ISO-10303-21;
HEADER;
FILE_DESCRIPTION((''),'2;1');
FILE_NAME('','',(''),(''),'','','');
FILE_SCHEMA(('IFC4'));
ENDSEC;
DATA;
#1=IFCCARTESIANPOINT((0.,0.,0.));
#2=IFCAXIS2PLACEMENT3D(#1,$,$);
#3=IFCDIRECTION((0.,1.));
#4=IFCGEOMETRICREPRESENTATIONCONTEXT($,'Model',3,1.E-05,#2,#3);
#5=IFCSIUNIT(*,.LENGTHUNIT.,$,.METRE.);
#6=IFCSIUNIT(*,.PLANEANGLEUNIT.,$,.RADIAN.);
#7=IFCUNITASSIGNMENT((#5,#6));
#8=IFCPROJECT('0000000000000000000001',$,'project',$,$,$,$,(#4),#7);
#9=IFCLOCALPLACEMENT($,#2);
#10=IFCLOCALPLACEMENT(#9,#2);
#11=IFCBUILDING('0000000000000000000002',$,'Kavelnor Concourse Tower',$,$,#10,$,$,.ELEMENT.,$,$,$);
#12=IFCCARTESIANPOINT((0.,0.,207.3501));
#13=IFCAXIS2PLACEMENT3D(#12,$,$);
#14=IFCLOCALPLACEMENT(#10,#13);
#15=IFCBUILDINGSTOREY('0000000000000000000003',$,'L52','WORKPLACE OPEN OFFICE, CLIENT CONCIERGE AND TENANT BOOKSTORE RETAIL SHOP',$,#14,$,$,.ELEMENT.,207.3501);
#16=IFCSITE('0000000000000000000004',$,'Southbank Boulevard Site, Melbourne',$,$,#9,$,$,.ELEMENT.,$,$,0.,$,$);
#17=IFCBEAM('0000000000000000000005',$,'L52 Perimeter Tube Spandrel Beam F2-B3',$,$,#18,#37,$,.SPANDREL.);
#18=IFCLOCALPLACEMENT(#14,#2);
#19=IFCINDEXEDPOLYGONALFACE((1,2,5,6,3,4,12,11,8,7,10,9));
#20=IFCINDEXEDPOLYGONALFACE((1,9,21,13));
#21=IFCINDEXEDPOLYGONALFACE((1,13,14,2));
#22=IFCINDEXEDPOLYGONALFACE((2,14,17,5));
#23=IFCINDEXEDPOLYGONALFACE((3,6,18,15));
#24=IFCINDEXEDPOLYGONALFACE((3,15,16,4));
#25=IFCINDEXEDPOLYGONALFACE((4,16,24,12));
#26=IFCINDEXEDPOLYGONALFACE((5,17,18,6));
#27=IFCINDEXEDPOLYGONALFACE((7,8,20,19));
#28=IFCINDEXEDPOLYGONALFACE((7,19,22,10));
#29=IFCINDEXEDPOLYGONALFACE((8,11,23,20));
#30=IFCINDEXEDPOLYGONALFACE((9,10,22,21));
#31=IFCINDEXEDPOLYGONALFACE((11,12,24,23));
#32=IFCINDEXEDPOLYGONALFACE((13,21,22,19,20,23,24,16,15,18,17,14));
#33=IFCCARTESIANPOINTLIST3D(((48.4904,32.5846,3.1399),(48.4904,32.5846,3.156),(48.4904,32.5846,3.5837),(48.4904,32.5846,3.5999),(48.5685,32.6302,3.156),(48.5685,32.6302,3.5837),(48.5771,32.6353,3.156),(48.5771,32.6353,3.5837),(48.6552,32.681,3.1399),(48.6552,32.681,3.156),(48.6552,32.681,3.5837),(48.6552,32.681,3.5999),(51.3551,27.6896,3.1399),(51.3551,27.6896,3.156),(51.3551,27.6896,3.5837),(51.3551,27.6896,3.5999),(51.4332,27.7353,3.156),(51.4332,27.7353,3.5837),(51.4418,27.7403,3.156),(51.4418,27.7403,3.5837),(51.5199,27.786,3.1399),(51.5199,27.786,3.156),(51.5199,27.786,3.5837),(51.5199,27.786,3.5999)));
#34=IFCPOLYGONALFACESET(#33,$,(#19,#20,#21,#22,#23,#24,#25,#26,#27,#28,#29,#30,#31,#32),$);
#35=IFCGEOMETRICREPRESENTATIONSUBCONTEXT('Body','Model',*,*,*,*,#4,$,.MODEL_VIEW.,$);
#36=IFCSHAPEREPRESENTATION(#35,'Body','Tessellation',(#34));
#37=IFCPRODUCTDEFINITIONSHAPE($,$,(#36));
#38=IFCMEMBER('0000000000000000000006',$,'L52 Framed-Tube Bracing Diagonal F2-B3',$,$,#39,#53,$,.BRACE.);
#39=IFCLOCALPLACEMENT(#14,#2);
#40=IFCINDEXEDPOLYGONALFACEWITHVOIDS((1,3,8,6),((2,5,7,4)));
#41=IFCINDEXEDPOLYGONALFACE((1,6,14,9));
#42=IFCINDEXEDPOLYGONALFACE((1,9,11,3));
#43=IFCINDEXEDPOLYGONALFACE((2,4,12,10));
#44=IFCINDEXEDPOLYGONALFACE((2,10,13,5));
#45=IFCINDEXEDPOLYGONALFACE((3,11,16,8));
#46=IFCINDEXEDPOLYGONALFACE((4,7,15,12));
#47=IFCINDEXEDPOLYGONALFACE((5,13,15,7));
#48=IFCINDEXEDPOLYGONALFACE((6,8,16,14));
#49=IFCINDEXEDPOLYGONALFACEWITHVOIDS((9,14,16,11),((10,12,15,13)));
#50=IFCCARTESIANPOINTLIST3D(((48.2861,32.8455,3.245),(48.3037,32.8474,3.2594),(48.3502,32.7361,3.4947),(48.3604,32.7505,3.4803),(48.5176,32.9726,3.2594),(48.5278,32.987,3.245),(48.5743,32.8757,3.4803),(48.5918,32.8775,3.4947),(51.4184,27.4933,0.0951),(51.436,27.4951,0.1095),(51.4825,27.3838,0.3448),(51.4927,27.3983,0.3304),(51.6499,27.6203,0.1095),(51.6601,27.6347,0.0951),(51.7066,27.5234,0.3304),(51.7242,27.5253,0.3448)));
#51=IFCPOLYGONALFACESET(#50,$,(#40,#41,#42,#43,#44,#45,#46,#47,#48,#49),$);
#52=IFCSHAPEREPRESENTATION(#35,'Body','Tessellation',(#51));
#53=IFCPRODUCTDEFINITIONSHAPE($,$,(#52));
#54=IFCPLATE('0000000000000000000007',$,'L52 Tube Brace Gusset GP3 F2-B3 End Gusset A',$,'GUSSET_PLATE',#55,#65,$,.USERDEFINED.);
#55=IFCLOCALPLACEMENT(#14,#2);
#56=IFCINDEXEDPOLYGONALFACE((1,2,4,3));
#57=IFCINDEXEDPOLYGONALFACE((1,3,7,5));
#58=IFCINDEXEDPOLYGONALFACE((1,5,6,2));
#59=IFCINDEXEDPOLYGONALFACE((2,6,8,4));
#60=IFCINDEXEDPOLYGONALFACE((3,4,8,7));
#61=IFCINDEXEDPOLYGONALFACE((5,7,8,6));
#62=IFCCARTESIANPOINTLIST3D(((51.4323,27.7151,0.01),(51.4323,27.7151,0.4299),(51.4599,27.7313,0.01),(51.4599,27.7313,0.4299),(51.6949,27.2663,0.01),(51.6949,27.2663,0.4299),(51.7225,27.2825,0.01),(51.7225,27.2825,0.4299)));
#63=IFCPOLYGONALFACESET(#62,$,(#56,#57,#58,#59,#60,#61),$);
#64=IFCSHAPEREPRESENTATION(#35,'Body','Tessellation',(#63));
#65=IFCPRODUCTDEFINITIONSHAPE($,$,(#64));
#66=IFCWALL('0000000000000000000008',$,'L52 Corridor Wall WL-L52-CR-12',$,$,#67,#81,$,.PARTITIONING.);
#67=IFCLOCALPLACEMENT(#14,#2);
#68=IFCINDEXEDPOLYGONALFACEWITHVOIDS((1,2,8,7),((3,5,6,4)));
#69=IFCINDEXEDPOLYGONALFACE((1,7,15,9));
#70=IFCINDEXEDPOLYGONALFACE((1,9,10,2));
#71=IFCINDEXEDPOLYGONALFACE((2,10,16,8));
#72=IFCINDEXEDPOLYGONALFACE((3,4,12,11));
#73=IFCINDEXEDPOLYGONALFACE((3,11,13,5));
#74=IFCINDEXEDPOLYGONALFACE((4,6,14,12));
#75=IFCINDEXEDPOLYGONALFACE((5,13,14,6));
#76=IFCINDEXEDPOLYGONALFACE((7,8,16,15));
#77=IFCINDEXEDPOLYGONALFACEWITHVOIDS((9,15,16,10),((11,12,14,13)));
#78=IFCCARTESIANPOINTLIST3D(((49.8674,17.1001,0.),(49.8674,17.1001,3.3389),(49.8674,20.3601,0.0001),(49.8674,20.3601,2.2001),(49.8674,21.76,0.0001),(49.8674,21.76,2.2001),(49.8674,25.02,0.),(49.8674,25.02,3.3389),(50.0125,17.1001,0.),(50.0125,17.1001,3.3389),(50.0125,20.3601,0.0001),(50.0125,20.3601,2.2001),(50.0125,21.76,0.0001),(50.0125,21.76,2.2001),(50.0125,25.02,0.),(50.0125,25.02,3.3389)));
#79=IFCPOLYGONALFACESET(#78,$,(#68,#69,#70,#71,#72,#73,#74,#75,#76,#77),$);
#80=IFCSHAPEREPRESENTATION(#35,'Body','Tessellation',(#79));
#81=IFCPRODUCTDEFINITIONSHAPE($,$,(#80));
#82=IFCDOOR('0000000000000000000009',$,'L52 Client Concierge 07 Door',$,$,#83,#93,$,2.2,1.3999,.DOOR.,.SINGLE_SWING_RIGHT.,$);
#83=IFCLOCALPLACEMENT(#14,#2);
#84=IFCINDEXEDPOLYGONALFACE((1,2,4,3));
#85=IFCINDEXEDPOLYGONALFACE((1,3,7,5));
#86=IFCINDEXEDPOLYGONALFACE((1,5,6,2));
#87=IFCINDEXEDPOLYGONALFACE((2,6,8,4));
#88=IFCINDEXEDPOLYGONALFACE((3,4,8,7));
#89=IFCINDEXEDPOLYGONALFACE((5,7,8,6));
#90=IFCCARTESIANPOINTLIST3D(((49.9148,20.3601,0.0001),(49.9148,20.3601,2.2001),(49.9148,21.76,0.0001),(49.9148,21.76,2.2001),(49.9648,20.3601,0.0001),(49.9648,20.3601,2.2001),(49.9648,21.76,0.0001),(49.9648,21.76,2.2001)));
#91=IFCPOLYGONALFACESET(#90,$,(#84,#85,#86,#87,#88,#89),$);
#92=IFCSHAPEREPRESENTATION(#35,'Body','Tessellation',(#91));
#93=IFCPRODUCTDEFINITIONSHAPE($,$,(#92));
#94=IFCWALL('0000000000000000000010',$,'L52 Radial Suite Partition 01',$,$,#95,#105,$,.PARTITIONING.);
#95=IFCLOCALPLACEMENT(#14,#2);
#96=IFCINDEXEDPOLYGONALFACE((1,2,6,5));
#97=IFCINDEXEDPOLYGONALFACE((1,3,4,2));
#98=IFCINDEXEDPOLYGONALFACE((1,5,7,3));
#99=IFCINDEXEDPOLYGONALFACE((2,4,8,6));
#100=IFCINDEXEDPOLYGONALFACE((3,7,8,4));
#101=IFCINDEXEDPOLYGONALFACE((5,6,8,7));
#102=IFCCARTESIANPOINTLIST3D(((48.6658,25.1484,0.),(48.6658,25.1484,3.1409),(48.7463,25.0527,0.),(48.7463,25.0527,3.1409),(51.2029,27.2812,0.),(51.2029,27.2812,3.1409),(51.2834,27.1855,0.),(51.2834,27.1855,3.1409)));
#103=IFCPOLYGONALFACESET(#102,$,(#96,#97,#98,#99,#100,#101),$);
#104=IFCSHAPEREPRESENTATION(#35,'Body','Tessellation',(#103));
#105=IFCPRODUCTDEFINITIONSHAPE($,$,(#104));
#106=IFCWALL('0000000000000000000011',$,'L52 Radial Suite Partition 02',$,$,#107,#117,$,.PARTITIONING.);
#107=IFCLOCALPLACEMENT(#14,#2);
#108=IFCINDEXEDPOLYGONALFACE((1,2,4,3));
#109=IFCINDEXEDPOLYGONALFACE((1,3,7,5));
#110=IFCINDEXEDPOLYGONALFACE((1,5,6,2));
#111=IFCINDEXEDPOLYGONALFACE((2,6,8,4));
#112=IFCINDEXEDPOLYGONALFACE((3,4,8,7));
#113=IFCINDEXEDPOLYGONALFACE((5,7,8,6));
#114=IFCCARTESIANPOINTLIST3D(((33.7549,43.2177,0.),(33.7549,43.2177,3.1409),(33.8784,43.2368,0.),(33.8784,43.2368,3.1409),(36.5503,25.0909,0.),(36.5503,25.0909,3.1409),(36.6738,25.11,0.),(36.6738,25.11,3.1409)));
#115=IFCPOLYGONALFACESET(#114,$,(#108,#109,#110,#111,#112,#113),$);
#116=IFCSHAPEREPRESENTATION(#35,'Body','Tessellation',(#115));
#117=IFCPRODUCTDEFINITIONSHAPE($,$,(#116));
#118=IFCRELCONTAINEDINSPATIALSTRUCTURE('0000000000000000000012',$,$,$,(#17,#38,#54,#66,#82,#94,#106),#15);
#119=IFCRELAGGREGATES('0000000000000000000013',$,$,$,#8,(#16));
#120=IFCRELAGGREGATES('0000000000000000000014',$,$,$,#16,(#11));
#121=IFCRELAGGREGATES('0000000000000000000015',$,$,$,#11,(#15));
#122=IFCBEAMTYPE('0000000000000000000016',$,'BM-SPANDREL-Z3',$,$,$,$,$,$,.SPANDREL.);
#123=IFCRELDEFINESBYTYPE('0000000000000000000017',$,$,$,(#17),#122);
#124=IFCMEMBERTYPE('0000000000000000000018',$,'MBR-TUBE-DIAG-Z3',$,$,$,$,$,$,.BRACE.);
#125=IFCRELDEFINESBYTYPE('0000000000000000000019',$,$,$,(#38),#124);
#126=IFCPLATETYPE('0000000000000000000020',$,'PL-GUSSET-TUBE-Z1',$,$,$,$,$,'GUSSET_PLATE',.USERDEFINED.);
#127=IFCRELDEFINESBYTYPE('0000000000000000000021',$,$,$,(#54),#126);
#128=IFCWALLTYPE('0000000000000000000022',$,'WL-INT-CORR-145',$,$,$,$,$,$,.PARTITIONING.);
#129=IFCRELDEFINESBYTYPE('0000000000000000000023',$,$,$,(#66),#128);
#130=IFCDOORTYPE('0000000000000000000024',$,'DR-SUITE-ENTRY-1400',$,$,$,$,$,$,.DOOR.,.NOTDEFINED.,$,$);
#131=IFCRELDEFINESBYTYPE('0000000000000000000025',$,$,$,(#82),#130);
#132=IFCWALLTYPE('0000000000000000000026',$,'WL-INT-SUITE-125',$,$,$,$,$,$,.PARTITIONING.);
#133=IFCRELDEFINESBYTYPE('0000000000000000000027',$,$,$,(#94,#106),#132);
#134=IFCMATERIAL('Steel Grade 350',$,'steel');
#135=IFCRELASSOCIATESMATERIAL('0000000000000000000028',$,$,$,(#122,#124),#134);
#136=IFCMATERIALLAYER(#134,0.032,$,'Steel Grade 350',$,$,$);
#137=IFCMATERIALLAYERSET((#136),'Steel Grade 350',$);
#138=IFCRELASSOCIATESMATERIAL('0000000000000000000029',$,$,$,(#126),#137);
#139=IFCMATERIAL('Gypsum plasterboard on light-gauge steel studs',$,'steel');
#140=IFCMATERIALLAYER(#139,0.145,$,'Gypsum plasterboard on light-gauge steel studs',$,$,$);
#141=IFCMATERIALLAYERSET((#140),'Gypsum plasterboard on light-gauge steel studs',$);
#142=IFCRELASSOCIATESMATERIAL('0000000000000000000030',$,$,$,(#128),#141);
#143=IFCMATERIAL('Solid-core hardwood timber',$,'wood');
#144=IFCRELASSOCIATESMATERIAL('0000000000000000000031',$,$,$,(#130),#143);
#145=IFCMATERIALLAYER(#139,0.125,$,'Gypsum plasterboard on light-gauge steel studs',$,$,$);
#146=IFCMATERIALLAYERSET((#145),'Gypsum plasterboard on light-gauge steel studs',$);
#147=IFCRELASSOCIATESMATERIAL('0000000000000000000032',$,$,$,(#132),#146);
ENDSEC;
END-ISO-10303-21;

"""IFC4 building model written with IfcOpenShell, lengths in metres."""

from ifc_helpers import new_model, si_unit, direction, frame, frame_2d, origin, origin_2d, place, context, subcontext, project, spatial, rectangle, hollow_rectangle, i_section, extrude, material, layer, layer_set, material_profile, profile_set, type_object, element, fill, save


model = new_model("IFC4")

# Units and contexts
model_context = context("Model", 3, precision=1e-05, world=origin(), true_north=direction((0.0, 1.0)))
body_context = subcontext(model_context, "Body", "Model", "MODEL_VIEW")
ifc_project = project(units=[si_unit("LENGTHUNIT", "METRE"), si_unit("PLANEANGLEUNIT", "RADIAN")], contexts=[model_context])

# Site, building, storey
site_placement = place(None, origin())
site = spatial("IfcSite", under=ifc_project, at=site_placement, Name="Southbank Boulevard Site, Melbourne", CompositionType="ELEMENT", RefElevation=0.0)
building_placement = place(site_placement, origin())
building = spatial("IfcBuilding", under=site, at=building_placement, Name="Kavelnor Concourse Tower", CompositionType="ELEMENT")
storey_placement = place(building_placement, frame((0.0, 0.0, 207.3501)))
storey = spatial("IfcBuildingStorey", under=building, at=storey_placement, Name="L52", Description="WORKPLACE OPEN OFFICE, CLIENT CONCIERGE AND TENANT BOOKSTORE RETAIL SHOP", CompositionType="ELEMENT", Elevation=207.3501)

# Shared definitions
ifc_material_1 = material(Name="Steel Grade 350", Category="steel")

# Beam
ifc_material_profile_1 = material_profile(ifc_material_1, i_section(OverallWidth=0.1909, OverallDepth=0.46, WebThickness=0.01, FlangeThickness=0.0161, at=origin_2d()), Name="460UB82")
ifc_profile_set_1 = profile_set([ifc_material_profile_1], Name="Steel Grade 350")
beam_type_1 = type_object("IfcBeamType", Name="BM-SPANDREL-Z3", PredefinedType="SPANDREL", material=ifc_profile_set_1)
beam_1_placement = place(storey_placement, frame((51.4375, 27.7378, 3.3699), z_axis=(-0.505096, 0.863063, 0.0), x_axis=(-0.863063, -0.505096, 0.0)))
element("IfcBeam", 1, at=beam_1_placement, inside=storey, type_object=beam_type_1, Name="L52 Perimeter Tube Spandrel Beam F2-B3", PredefinedType="SPANDREL", context=body_context, shape_type="SweptSolid", body=[
    extrude(i_section(OverallWidth=0.1909, OverallDepth=0.46, WebThickness=0.01, FlangeThickness=0.0161, at=origin_2d()), origin(), (0.0, 0.0, 1.0), 5.6716),
])

# Member
ifc_material_profile_2 = material_profile(ifc_material_1, hollow_rectangle(XDim=0.28, YDim=0.28, WallThickness=0.0161, at=origin_2d()), Name="SHS 280x280x16")
ifc_profile_set_2 = profile_set([ifc_material_profile_2], Name="Steel Grade 350")
member_type = type_object("IfcMemberType", Name="MBR-TUBE-DIAG-Z3", PredefinedType="BRACE", material=ifc_profile_set_2)
member_placement = place(storey_placement, frame((51.5713, 27.5093, 0.22), z_axis=(-0.450331, 0.769494, 0.452858), x_axis=(-0.863066, -0.505092, 0.0)))
element("IfcMember", 2, at=member_placement, inside=storey, type_object=member_type, Name="L52 Framed-Tube Bracing Diagonal F2-B3", PredefinedType="BRACE", context=body_context, shape_type="SweptSolid", body=[
    extrude(hollow_rectangle(XDim=0.28, YDim=0.28, WallThickness=0.0161, at=origin_2d()), origin(), (0.0, 0.0, 1.0), 6.9556),
])

# Plate
ifc_layer_1 = layer(ifc_material_1, 0.032, Name="Steel Grade 350")
ifc_layer_set_1 = layer_set([ifc_layer_1], Name="Steel Grade 350")
plate_type = type_object("IfcPlateType", Name="PL-GUSSET-TUBE-Z1", ElementType="GUSSET_PLATE", PredefinedType="USERDEFINED", material=ifc_layer_set_1)
plate_placement = place(storey_placement, frame((51.5774, 27.4988, 0.01), z_axis=(0.0, 0.0, 1.0), x_axis=(-0.50513, 0.863043, 0.0)))
element("IfcPlate", 3, at=plate_placement, inside=storey, type_object=plate_type, Name="L52 Tube Brace Gusset GP3 F2-B3 End Gusset A", ObjectType="GUSSET_PLATE", PredefinedType="USERDEFINED", context=body_context, shape_type="SweptSolid", body=[
    extrude(rectangle(XDim=0.52, YDim=0.032, at=origin_2d()), origin(), (0.0, 0.0, 1.0), 0.4199),
])

# Wall, opening, door
ifc_material_2 = material(Name="Gypsum plasterboard on light-gauge steel studs", Category="steel")
ifc_layer_2 = layer(ifc_material_2, 0.145, Name="Gypsum plasterboard on light-gauge steel studs")
ifc_layer_set_2 = layer_set([ifc_layer_2], Name="Gypsum plasterboard on light-gauge steel studs")
wall_type_1 = type_object("IfcWallType", Name="WL-INT-CORR-145", PredefinedType="PARTITIONING", material=ifc_layer_set_2)
wall_1_placement = place(storey_placement, frame((49.9399, 25.02, 0.0), z_axis=(0.0, 0.0, 1.0), x_axis=(0.0, -1.0, 0.0)))
wall_1 = element("IfcWall", 4, at=wall_1_placement, inside=storey, type_object=wall_type_1, Name="L52 Corridor Wall WL-L52-CR-12", PredefinedType="PARTITIONING", context=body_context, shape_type="SweptSolid", body=[
    extrude(rectangle(XDim=7.9199, YDim=0.145, at=frame_2d((3.96, 0.0))), origin(), (0.0, 0.0, 1.0), 3.3389),
])
opening_placement = place(wall_1_placement, frame((3.26, 0.0, 0.0)))
opening = element("IfcOpeningElement", 5, at=opening_placement, cuts=wall_1, PredefinedType="OPENING", context=body_context, shape_type="SweptSolid", body=[
    extrude(rectangle(XDim=1.3999, YDim=2.2, at=frame_2d((0.7, 1.1001))), frame((0.0, 0.0825, 0.0), z_axis=(0.0, -1.0, 0.0), x_axis=(1.0, 0.0, 0.0)), (0.0, 0.0, 1.0), 0.165),
])
ifc_material_3 = material(Name="Solid-core hardwood timber", Category="wood")
door_type = type_object("IfcDoorType", Name="DR-SUITE-ENTRY-1400", OperationType="NOTDEFINED", PredefinedType="DOOR", material=ifc_material_3)
door_placement = place(opening_placement, origin())
door = element("IfcDoor", 6, at=door_placement, inside=storey, type_object=door_type, Name="L52 Client Concierge 07 Door", OperationType="SINGLE_SWING_RIGHT", OverallHeight=2.2, OverallWidth=1.3999, PredefinedType="DOOR", context=body_context, shape_type="SweptSolid", body=[
    extrude(rectangle(XDim=1.3999, YDim=2.2, at=frame_2d((0.7, 1.1001))), frame((0.0, 0.0249, 0.0), z_axis=(0.0, -1.0, 0.0), x_axis=(1.0, 0.0, 0.0)), (0.0, 0.0, 1.0), 0.05),
])
fill(opening, door)

# Walls
ifc_layer_3 = layer(ifc_material_2, 0.125, Name="Gypsum plasterboard on light-gauge steel studs")
ifc_layer_set_3 = layer_set([ifc_layer_3], Name="Gypsum plasterboard on light-gauge steel studs")
wall_type_2 = type_object("IfcWallType", Name="WL-INT-SUITE-125", PredefinedType="PARTITIONING", material=ifc_layer_set_3)
wall_2_placement = place(storey_placement, frame((48.7061, 25.1006, 0.0), z_axis=(0.0, 0.0, 1.0), x_axis=(0.765461, 0.643482, 0.0)))
element("IfcWall", 7, at=wall_2_placement, inside=storey, type_object=wall_type_2, Name="L52 Radial Suite Partition 01", PredefinedType="PARTITIONING", context=body_context, shape_type="SweptSolid", body=[
    extrude(rectangle(XDim=3.3145, YDim=0.125, at=frame_2d((1.6572, 0.0))), origin(), (0.0, 0.0, 1.0), 3.1409),
])
wall_3_placement = place(storey_placement, frame((36.6121, 25.1006, 0.0), z_axis=(0.0, 0.0, 1.0), x_axis=(-0.152413, 0.988317, 0.0)))
element("IfcWall", 8, at=wall_3_placement, inside=storey, type_object=wall_type_2, Name="L52 Radial Suite Partition 02", PredefinedType="PARTITIONING", context=body_context, shape_type="SweptSolid", body=[
    extrude(rectangle(XDim=18.3411, YDim=0.125, at=frame_2d((9.1704, 0.0))), origin(), (0.0, 0.0, 1.0), 3.1409),
])

save(model, "model.ifc")
